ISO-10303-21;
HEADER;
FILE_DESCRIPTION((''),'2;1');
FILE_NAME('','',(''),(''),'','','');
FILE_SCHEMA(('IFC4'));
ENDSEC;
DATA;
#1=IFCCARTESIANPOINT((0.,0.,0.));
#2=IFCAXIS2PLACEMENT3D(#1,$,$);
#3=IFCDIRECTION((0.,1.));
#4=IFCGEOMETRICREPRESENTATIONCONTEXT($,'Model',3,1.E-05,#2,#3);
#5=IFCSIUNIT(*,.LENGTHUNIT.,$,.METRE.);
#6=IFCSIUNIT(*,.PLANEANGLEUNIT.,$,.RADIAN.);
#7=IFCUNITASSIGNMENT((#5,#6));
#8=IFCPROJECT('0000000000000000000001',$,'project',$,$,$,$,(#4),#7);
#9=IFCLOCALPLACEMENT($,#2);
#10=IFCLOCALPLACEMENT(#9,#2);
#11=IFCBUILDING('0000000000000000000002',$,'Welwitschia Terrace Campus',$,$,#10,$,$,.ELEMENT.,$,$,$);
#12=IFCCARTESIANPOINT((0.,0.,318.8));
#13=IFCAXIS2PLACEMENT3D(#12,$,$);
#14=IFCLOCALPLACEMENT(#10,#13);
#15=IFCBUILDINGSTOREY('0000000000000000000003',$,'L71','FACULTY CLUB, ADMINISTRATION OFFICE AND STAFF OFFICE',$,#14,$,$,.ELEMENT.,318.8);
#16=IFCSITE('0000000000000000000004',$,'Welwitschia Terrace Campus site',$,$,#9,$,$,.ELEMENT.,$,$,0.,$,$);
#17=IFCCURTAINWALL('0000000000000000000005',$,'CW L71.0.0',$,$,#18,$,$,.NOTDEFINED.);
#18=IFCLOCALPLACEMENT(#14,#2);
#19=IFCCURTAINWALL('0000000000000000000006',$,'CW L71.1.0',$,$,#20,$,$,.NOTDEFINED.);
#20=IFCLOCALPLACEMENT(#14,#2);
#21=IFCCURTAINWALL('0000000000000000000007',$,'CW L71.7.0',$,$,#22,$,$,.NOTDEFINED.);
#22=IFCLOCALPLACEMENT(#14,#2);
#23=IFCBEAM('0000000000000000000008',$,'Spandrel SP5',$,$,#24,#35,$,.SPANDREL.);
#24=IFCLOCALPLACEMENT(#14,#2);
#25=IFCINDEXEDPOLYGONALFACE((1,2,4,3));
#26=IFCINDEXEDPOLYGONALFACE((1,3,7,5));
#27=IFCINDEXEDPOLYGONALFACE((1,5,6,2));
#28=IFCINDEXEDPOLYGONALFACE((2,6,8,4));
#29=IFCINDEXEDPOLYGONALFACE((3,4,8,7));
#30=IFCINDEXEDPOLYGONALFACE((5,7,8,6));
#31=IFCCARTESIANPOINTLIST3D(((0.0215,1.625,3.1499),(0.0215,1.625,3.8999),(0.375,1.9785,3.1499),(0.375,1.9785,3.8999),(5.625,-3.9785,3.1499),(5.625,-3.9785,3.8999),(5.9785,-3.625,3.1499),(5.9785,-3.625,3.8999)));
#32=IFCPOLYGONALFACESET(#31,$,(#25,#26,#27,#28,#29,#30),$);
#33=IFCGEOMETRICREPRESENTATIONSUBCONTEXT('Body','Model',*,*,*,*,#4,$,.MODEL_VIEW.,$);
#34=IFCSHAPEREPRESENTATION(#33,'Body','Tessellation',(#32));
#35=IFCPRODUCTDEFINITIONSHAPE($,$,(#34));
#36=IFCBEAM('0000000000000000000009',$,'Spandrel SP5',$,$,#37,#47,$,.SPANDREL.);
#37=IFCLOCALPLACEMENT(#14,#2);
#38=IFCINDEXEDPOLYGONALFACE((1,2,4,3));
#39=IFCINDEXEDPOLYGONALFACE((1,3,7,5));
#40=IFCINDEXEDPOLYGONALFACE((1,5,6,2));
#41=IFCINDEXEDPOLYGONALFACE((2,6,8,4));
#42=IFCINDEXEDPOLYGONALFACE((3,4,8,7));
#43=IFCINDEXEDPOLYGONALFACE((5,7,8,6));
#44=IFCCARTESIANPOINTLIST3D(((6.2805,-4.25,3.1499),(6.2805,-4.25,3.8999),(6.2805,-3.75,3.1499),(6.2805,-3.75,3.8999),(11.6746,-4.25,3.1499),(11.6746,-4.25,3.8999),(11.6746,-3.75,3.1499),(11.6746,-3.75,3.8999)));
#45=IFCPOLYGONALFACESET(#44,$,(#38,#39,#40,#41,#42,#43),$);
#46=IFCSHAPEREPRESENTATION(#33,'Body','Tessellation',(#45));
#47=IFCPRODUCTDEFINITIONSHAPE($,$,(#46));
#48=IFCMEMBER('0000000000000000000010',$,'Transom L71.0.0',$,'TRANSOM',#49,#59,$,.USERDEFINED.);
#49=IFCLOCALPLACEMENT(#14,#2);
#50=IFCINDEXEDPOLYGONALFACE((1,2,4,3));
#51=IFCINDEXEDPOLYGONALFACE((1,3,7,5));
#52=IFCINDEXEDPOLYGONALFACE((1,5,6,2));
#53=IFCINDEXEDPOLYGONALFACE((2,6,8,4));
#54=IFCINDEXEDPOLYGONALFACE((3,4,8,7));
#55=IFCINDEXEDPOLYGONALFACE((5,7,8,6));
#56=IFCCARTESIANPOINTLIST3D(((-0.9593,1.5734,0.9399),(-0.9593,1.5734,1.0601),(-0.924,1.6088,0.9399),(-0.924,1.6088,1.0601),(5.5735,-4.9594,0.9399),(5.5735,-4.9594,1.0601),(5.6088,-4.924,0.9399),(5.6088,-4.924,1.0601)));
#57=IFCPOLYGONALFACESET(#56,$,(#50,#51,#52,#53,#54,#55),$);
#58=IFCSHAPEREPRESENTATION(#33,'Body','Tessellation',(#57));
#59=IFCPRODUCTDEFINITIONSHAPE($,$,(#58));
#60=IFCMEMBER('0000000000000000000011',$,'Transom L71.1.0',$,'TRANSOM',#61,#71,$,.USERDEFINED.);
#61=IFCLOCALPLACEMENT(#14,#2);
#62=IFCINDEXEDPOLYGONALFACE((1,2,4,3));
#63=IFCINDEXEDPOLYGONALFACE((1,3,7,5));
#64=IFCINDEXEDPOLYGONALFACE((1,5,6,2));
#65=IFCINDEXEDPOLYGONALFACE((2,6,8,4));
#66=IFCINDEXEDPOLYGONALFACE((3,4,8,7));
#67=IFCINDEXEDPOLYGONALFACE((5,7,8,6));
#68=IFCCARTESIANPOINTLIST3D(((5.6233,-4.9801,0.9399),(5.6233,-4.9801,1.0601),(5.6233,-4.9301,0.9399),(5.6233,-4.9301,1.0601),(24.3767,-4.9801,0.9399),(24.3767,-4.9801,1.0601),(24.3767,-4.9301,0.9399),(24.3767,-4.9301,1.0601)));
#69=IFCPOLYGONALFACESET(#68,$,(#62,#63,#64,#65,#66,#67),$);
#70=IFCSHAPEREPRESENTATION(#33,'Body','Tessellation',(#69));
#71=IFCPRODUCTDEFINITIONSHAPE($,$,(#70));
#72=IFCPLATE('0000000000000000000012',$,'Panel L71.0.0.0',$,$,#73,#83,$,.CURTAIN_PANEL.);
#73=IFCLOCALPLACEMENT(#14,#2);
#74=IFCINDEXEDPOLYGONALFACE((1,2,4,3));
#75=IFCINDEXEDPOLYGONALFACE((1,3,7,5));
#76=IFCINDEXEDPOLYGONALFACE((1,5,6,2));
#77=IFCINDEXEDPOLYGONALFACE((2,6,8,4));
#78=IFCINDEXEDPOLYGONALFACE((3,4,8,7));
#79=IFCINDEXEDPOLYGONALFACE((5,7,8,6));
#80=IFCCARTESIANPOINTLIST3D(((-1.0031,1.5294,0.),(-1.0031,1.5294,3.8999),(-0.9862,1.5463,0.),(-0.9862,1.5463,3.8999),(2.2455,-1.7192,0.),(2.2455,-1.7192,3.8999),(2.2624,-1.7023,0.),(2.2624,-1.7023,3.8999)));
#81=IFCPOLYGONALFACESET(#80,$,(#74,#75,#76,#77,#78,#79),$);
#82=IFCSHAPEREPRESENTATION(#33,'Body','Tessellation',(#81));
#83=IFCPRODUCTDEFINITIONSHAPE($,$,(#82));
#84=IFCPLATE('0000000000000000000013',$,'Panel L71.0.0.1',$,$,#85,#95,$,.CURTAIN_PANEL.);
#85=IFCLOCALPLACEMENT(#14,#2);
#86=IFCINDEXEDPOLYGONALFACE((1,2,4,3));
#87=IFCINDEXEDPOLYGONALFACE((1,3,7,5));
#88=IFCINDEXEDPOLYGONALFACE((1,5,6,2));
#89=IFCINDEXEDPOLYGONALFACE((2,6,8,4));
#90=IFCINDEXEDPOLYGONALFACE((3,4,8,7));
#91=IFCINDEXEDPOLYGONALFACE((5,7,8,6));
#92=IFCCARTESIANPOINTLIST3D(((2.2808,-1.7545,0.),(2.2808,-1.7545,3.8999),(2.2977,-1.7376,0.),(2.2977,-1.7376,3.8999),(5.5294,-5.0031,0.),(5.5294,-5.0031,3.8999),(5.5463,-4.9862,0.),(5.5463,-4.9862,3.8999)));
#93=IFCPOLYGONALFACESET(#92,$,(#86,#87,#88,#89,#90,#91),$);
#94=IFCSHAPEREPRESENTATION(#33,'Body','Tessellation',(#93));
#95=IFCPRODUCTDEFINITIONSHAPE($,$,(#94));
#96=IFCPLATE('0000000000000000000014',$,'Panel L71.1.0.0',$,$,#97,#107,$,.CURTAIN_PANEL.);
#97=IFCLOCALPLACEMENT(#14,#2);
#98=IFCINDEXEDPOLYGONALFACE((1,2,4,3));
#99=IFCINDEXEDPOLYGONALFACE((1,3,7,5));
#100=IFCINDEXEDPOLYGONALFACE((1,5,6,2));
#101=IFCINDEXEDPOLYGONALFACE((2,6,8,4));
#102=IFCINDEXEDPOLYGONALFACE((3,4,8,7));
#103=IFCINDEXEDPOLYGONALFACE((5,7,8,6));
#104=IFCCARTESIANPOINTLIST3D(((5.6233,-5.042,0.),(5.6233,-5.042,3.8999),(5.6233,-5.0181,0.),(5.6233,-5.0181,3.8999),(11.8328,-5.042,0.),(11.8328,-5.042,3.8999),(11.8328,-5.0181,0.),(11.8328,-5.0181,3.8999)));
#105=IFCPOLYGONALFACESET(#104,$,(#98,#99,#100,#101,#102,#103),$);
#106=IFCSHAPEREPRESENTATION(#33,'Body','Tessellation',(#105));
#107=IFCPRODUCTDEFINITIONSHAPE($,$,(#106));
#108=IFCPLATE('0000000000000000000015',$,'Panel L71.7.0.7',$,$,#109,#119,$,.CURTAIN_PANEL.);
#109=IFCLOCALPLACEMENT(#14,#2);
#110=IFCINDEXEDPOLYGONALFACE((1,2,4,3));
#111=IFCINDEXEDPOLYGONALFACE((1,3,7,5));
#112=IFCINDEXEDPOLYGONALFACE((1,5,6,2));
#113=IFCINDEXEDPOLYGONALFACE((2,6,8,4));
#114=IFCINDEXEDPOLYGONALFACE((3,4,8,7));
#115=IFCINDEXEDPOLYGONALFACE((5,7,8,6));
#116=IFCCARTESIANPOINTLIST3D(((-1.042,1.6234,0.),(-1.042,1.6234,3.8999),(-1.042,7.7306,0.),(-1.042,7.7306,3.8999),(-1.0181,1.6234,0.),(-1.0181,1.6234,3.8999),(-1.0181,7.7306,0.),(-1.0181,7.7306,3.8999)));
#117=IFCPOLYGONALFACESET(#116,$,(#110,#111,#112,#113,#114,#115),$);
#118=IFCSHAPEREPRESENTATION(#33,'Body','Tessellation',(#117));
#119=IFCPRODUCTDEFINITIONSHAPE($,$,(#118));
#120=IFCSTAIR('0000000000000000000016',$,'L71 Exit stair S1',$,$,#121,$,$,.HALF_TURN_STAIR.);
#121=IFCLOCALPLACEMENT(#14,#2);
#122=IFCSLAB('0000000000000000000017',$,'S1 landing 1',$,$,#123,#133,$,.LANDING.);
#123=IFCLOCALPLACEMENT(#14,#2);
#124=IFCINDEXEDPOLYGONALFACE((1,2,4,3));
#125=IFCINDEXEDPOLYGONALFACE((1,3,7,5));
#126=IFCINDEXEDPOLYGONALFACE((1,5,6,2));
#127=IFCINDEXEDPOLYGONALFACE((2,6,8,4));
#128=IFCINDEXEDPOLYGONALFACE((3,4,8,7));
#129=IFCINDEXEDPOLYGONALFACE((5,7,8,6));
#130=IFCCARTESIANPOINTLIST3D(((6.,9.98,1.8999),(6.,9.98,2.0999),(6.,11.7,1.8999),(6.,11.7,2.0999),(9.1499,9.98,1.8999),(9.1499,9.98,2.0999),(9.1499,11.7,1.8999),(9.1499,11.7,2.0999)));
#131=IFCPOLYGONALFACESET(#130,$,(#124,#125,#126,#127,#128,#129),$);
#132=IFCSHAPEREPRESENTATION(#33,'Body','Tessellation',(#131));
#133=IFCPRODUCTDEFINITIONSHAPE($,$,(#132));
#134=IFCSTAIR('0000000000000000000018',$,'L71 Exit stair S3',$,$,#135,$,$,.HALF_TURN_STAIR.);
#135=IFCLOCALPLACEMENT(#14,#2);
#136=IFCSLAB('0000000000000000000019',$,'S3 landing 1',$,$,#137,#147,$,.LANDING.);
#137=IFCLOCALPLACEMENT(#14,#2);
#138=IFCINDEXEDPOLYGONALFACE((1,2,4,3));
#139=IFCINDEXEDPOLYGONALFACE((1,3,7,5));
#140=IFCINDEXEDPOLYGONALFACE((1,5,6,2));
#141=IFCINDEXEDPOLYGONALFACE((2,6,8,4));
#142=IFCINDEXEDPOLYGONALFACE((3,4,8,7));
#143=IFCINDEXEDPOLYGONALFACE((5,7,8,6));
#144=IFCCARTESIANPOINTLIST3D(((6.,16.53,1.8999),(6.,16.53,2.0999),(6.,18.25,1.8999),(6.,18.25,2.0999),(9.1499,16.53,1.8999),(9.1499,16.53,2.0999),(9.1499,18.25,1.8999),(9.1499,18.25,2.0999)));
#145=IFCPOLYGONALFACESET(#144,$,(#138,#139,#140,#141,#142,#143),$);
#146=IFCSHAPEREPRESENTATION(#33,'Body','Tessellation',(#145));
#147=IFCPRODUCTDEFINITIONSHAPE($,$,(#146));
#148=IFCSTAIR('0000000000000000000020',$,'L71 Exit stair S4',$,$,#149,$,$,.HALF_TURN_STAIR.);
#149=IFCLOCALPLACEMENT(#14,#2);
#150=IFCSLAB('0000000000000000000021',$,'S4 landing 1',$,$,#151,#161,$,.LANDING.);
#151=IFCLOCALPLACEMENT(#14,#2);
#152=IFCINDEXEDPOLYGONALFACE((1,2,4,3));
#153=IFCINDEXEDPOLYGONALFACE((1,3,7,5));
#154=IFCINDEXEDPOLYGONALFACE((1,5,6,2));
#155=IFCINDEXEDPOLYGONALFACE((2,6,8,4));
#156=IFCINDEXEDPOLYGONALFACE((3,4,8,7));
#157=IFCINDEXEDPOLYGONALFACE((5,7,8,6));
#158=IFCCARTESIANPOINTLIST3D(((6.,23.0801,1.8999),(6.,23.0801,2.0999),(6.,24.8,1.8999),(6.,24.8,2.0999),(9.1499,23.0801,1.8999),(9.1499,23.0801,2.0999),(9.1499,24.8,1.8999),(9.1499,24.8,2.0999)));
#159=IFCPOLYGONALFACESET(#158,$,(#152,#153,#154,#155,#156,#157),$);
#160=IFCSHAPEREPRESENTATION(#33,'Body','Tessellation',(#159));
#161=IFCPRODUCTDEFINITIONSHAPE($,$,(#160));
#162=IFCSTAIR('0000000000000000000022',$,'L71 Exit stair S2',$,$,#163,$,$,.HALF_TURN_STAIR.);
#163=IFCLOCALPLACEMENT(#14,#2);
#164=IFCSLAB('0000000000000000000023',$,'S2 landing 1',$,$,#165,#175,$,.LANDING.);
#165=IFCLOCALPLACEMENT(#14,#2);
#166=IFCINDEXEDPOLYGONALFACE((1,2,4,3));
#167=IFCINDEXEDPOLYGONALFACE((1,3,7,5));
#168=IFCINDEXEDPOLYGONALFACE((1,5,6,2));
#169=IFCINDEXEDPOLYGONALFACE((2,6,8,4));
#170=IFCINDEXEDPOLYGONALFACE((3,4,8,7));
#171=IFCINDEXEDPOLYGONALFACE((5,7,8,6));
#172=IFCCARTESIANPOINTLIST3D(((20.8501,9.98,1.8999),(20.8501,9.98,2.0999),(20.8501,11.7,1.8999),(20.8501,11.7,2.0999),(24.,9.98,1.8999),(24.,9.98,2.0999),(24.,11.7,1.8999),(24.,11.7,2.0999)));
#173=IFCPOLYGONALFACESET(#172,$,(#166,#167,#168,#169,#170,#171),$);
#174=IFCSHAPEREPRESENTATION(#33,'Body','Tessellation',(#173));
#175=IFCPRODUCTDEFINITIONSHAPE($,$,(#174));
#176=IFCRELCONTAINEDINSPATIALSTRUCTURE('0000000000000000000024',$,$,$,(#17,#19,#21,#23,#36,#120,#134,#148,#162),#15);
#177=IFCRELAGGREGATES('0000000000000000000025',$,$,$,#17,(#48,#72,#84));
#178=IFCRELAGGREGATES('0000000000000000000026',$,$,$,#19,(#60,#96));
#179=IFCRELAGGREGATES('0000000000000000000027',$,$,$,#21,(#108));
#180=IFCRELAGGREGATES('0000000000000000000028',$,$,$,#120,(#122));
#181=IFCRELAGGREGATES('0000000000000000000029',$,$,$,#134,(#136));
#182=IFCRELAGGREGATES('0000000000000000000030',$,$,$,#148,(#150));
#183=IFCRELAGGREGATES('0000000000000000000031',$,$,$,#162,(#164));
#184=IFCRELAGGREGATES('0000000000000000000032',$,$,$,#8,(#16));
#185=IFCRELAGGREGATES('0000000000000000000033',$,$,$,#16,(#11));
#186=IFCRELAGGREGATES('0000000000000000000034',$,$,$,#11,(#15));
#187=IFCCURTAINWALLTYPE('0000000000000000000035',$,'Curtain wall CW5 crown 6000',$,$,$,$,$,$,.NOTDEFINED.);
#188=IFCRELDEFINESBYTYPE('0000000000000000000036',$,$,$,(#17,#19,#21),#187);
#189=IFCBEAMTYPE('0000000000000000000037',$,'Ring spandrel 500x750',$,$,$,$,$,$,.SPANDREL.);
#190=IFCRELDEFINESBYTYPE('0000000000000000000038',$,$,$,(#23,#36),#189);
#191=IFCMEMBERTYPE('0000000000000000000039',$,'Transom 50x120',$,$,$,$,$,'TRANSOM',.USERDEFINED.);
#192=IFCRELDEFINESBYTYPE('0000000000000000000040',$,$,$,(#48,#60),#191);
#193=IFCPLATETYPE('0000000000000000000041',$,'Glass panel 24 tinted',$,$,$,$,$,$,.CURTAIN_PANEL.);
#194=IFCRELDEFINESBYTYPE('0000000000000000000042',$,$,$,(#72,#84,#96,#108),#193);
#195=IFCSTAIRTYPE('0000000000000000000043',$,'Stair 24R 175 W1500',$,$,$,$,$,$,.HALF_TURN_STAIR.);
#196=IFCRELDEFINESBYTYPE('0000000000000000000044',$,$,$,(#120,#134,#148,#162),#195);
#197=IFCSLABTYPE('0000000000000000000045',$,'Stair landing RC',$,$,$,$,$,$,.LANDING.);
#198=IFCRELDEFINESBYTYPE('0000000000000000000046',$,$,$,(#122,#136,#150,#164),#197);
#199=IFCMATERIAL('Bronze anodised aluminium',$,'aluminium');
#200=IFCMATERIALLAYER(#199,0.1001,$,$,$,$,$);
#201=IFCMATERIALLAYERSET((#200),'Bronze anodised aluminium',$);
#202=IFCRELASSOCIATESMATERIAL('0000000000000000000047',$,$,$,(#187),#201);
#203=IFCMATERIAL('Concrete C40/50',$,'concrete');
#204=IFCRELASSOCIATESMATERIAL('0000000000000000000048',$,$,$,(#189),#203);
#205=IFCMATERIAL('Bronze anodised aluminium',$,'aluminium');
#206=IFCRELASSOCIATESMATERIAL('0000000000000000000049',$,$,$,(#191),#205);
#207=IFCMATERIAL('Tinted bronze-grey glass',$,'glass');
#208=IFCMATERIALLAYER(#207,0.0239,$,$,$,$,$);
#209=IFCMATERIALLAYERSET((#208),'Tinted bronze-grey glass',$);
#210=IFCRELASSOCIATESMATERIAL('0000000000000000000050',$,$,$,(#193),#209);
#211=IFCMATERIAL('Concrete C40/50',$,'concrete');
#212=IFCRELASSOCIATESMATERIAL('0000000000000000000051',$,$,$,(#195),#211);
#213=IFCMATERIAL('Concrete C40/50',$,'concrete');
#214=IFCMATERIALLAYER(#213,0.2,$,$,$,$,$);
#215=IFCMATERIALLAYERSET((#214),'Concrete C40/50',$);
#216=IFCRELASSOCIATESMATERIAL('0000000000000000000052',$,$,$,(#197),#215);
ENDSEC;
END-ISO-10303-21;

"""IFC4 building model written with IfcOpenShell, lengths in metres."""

from ifc_helpers import new_model, si_unit, direction, frame, origin, origin_2d, place, context, subcontext, project, spatial, polyline, rectangle, outline, extrude, material, layer, layer_set, material_profile, profile_set, type_object, element, aggregate, save


model = new_model("IFC4")

# Units and contexts
model_context = context("Model", 3, precision=1e-05, world=origin(), true_north=direction((0.0, 1.0)))
body_context = subcontext(model_context, "Body", "Model", "MODEL_VIEW")
ifc_project = project(units=[si_unit("LENGTHUNIT", "METRE"), si_unit("PLANEANGLEUNIT", "RADIAN")], contexts=[model_context])

# Site, building, storey
site_placement = place(None, origin())
site = spatial("IfcSite", under=ifc_project, at=site_placement, Name="Welwitschia Terrace Campus site", CompositionType="ELEMENT", RefElevation=0.0)
building_placement = place(site_placement, origin())
building = spatial("IfcBuilding", under=site, at=building_placement, Name="Welwitschia Terrace Campus", CompositionType="ELEMENT")
storey_placement = place(building_placement, frame((0.0, 0.0, 318.8)))
storey = spatial("IfcBuildingStorey", under=building, at=storey_placement, Name="L71", Description="FACULTY CLUB, ADMINISTRATION OFFICE AND STAFF OFFICE", CompositionType="ELEMENT", Elevation=318.8)

# Curtain wall
ifc_material_1 = material(Name="Bronze anodised aluminium", Category="aluminium")
ifc_layer_1 = layer(ifc_material_1, 0.1001)
ifc_layer_set_1 = layer_set([ifc_layer_1], Name="Bronze anodised aluminium")
curtain_wall_type = type_object("IfcCurtainWallType", Name="Curtain wall CW5 crown 6000", PredefinedType="NOTDEFINED", material=ifc_layer_set_1)
curtain_wall_1_placement = place(storey_placement, origin())
curtain_wall_1 = element("IfcCurtainWall", 1, at=curtain_wall_1_placement, inside=storey, type_object=curtain_wall_type, Name="CW L71.0.0", PredefinedType="NOTDEFINED")

# Curtain walls
curtain_wall_2_placement = place(storey_placement, origin())
curtain_wall_2 = element("IfcCurtainWall", 2, at=curtain_wall_2_placement, inside=storey, type_object=curtain_wall_type, Name="CW L71.1.0", PredefinedType="NOTDEFINED")
curtain_wall_3_placement = place(storey_placement, origin())
curtain_wall_3 = element("IfcCurtainWall", 3, at=curtain_wall_3_placement, inside=storey, type_object=curtain_wall_type, Name="CW L71.7.0", PredefinedType="NOTDEFINED")

# Beams
ifc_material_2 = material(Name="Concrete C40/50", Category="concrete")
ifc_material_profile_1 = material_profile(ifc_material_2, rectangle(XDim=0.5, YDim=0.75, at=origin_2d()))
ifc_profile_set_1 = profile_set([ifc_material_profile_1], Name="Concrete C40/50")
beam_type_1 = type_object("IfcBeamType", Name="Ring spandrel 500x750", PredefinedType="SPANDREL", material=ifc_profile_set_1)
beam_1_placement = place(storey_placement, frame((0.1982, 1.8018, 3.5249), z_axis=(0.707107, -0.707107, 0.0), x_axis=(0.707107, 0.707107, 0.0)))
element("IfcBeam", 4, at=beam_1_placement, inside=storey, type_object=beam_type_1, Name="Spandrel SP5", PredefinedType="SPANDREL", context=body_context, shape_type="SweptSolid", body=[
    extrude(rectangle(XDim=0.5, YDim=0.75, at=origin_2d()), origin(), (0.0, 0.0, 1.0), 7.9246),
])
beam_2_placement = place(storey_placement, frame((6.2805, -4.0, 3.5249), z_axis=(1.0, 0.0, 0.0), x_axis=(0.0, 1.0, 0.0)))
element("IfcBeam", 5, at=beam_2_placement, inside=storey, type_object=beam_type_1, Name="Spandrel SP5", PredefinedType="SPANDREL", context=body_context, shape_type="SweptSolid", body=[
    extrude(rectangle(XDim=0.5, YDim=0.75, at=origin_2d()), origin(), (0.0, 0.0, 1.0), 5.394),
])

# Members
ifc_material_3 = material(Name="Bronze anodised aluminium", Category="aluminium")
ifc_material_profile_2 = material_profile(ifc_material_3, rectangle(XDim=0.05, YDim=0.1201, at=origin_2d()))
ifc_profile_set_2 = profile_set([ifc_material_profile_2], Name="Bronze anodised aluminium")
member_type_1 = type_object("IfcMemberType", Name="Transom 50x120", ElementType="TRANSOM", PredefinedType="USERDEFINED", material=ifc_profile_set_2)
member_1_placement = place(storey_placement, frame((-0.9417, 1.5911, 1.0), z_axis=(0.707107, -0.707107, 0.0), x_axis=(0.707107, 0.707107, 0.0)))
member_1 = element("IfcMember", 6, at=member_1_placement, type_object=member_type_1, Name="Transom L71.0.0", ObjectType="TRANSOM", PredefinedType="USERDEFINED", context=body_context, shape_type="SweptSolid", body=[
    extrude(rectangle(XDim=0.05, YDim=0.1201, at=origin_2d()), origin(), (0.0, 0.0, 1.0), 9.2388),
])
member_2_placement = place(storey_placement, frame((5.6233, -4.9551, 1.0), z_axis=(1.0, 0.0, 0.0), x_axis=(0.0, 1.0, 0.0)))
member_2 = element("IfcMember", 7, at=member_2_placement, type_object=member_type_1, Name="Transom L71.1.0", ObjectType="TRANSOM", PredefinedType="USERDEFINED", context=body_context, shape_type="SweptSolid", body=[
    extrude(rectangle(XDim=0.05, YDim=0.1201, at=origin_2d()), origin(), (0.0, 0.0, 1.0), 18.7534),
])

# Plates
ifc_material_4 = material(Name="Tinted bronze-grey glass", Category="glass")
ifc_layer_2 = layer(ifc_material_4, 0.0239)
ifc_layer_set_2 = layer_set([ifc_layer_2], Name="Tinted bronze-grey glass")
plate_type = type_object("IfcPlateType", Name="Glass panel 24 tinted", PredefinedType="CURTAIN_PANEL", material=ifc_layer_set_2)
plate_1_placement = place(storey_placement, frame((0.6296, -0.0864, 0.0), z_axis=(0.0, 0.0, 1.0), x_axis=(0.707107, -0.707107, 0.0)))
plate_1 = element("IfcPlate", 8, at=plate_1_placement, type_object=plate_type, Name="Panel L71.0.0.0", PredefinedType="CURTAIN_PANEL", context=body_context, shape_type="SweptSolid", body=[
    extrude(rectangle(XDim=4.5942, YDim=0.0239, at=origin_2d()), origin(), (0.0, 0.0, 1.0), 3.8999),
])
plate_2_placement = place(storey_placement, frame((3.9136, -3.3704, 0.0), z_axis=(0.0, 0.0, 1.0), x_axis=(0.707107, -0.707107, 0.0)))
plate_2 = element("IfcPlate", 9, at=plate_2_placement, type_object=plate_type, Name="Panel L71.0.0.1", PredefinedType="CURTAIN_PANEL", context=body_context, shape_type="SweptSolid", body=[
    extrude(rectangle(XDim=4.5942, YDim=0.0239, at=origin_2d()), origin(), (0.0, 0.0, 1.0), 3.8999),
])
aggregate(curtain_wall_1, [member_1, plate_1, plate_2])
plate_3_placement = place(storey_placement, frame((8.728, -5.03, 0.0), z_axis=(0.0, 0.0, 1.0), x_axis=(1.0, 0.0, 0.0)))
plate_3 = element("IfcPlate", 10, at=plate_3_placement, type_object=plate_type, Name="Panel L71.1.0.0", PredefinedType="CURTAIN_PANEL", context=body_context, shape_type="SweptSolid", body=[
    extrude(rectangle(XDim=6.2095, YDim=0.0239, at=origin_2d()), origin(), (0.0, 0.0, 1.0), 3.8999),
])
aggregate(curtain_wall_2, [member_2, plate_3])
plate_4_placement = place(storey_placement, frame((-1.03, 4.677, 0.0), z_axis=(0.0, 0.0, 1.0), x_axis=(0.0, -1.0, 0.0)))
plate_4 = element("IfcPlate", 11, at=plate_4_placement, type_object=plate_type, Name="Panel L71.7.0.7", PredefinedType="CURTAIN_PANEL", context=body_context, shape_type="SweptSolid", body=[
    extrude(rectangle(XDim=6.1072, YDim=0.0239, at=origin_2d()), origin(), (0.0, 0.0, 1.0), 3.8999),
])
aggregate(curtain_wall_3, [plate_4])

# Stairs, slabs
ifc_material_5 = material(Name="Concrete C40/50", Category="concrete")
stair_type = type_object("IfcStairType", Name="Stair 24R 175 W1500", PredefinedType="HALF_TURN_STAIR", material=ifc_material_5)
stair_1_placement = place(storey_placement, origin())
stair_1 = element("IfcStair", 12, at=stair_1_placement, inside=storey, type_object=stair_type, Name="L71 Exit stair S1", PredefinedType="HALF_TURN_STAIR")
ifc_material_6 = material(Name="Concrete C40/50", Category="concrete")
ifc_layer_3 = layer(ifc_material_6, 0.2)
ifc_layer_set_3 = layer_set([ifc_layer_3], Name="Concrete C40/50")
slab_type_1 = type_object("IfcSlabType", Name="Stair landing RC", PredefinedType="LANDING", material=ifc_layer_set_3)
slab_1_placement = place(storey_placement, frame((0.0, 0.0, 1.8999)))
slab_1 = element("IfcSlab", 13, at=slab_1_placement, type_object=slab_type_1, Name="S1 landing 1", PredefinedType="LANDING", context=body_context, shape_type="SweptSolid", body=[
    extrude(outline(polyline([(9.1499, 9.98), (9.1499, 11.7), (6.0, 11.7), (6.0, 9.98), (9.1499, 9.98)])), origin(), (0.0, 0.0, 1.0), 0.2),
])
aggregate(stair_1, [slab_1])
stair_2_placement = place(storey_placement, origin())
stair_2 = element("IfcStair", 14, at=stair_2_placement, inside=storey, type_object=stair_type, Name="L71 Exit stair S3", PredefinedType="HALF_TURN_STAIR")
slab_2_placement = place(storey_placement, frame((0.0, 0.0, 1.8999)))
slab_2 = element("IfcSlab", 15, at=slab_2_placement, type_object=slab_type_1, Name="S3 landing 1", PredefinedType="LANDING", context=body_context, shape_type="SweptSolid", body=[
    extrude(outline(polyline([(9.1499, 16.53), (9.1499, 18.25), (6.0, 18.25), (6.0, 16.53), (9.1499, 16.53)])), origin(), (0.0, 0.0, 1.0), 0.2),
])
aggregate(stair_2, [slab_2])
stair_3_placement = place(storey_placement, origin())
stair_3 = element("IfcStair", 16, at=stair_3_placement, inside=storey, type_object=stair_type, Name="L71 Exit stair S4", PredefinedType="HALF_TURN_STAIR")
slab_3_placement = place(storey_placement, frame((0.0, 0.0, 1.8999)))
slab_3 = element("IfcSlab", 17, at=slab_3_placement, type_object=slab_type_1, Name="S4 landing 1", PredefinedType="LANDING", context=body_context, shape_type="SweptSolid", body=[
    extrude(outline(polyline([(9.1499, 23.0801), (9.1499, 24.8), (6.0, 24.8), (6.0, 23.0801), (9.1499, 23.0801)])), origin(), (0.0, 0.0, 1.0), 0.2),
])
aggregate(stair_3, [slab_3])
stair_4_placement = place(storey_placement, origin())
stair_4 = element("IfcStair", 18, at=stair_4_placement, inside=storey, type_object=stair_type, Name="L71 Exit stair S2", PredefinedType="HALF_TURN_STAIR")
slab_4_placement = place(storey_placement, frame((0.0, 0.0, 1.8999)))
slab_4 = element("IfcSlab", 19, at=slab_4_placement, type_object=slab_type_1, Name="S2 landing 1", PredefinedType="LANDING", context=body_context, shape_type="SweptSolid", body=[
    extrude(outline(polyline([(24.0, 9.98), (24.0, 11.7), (20.8501, 11.7), (20.8501, 9.98), (24.0, 9.98)])), origin(), (0.0, 0.0, 1.0), 0.2),
])
aggregate(stair_4, [slab_4])

save(model, "model.ifc")
